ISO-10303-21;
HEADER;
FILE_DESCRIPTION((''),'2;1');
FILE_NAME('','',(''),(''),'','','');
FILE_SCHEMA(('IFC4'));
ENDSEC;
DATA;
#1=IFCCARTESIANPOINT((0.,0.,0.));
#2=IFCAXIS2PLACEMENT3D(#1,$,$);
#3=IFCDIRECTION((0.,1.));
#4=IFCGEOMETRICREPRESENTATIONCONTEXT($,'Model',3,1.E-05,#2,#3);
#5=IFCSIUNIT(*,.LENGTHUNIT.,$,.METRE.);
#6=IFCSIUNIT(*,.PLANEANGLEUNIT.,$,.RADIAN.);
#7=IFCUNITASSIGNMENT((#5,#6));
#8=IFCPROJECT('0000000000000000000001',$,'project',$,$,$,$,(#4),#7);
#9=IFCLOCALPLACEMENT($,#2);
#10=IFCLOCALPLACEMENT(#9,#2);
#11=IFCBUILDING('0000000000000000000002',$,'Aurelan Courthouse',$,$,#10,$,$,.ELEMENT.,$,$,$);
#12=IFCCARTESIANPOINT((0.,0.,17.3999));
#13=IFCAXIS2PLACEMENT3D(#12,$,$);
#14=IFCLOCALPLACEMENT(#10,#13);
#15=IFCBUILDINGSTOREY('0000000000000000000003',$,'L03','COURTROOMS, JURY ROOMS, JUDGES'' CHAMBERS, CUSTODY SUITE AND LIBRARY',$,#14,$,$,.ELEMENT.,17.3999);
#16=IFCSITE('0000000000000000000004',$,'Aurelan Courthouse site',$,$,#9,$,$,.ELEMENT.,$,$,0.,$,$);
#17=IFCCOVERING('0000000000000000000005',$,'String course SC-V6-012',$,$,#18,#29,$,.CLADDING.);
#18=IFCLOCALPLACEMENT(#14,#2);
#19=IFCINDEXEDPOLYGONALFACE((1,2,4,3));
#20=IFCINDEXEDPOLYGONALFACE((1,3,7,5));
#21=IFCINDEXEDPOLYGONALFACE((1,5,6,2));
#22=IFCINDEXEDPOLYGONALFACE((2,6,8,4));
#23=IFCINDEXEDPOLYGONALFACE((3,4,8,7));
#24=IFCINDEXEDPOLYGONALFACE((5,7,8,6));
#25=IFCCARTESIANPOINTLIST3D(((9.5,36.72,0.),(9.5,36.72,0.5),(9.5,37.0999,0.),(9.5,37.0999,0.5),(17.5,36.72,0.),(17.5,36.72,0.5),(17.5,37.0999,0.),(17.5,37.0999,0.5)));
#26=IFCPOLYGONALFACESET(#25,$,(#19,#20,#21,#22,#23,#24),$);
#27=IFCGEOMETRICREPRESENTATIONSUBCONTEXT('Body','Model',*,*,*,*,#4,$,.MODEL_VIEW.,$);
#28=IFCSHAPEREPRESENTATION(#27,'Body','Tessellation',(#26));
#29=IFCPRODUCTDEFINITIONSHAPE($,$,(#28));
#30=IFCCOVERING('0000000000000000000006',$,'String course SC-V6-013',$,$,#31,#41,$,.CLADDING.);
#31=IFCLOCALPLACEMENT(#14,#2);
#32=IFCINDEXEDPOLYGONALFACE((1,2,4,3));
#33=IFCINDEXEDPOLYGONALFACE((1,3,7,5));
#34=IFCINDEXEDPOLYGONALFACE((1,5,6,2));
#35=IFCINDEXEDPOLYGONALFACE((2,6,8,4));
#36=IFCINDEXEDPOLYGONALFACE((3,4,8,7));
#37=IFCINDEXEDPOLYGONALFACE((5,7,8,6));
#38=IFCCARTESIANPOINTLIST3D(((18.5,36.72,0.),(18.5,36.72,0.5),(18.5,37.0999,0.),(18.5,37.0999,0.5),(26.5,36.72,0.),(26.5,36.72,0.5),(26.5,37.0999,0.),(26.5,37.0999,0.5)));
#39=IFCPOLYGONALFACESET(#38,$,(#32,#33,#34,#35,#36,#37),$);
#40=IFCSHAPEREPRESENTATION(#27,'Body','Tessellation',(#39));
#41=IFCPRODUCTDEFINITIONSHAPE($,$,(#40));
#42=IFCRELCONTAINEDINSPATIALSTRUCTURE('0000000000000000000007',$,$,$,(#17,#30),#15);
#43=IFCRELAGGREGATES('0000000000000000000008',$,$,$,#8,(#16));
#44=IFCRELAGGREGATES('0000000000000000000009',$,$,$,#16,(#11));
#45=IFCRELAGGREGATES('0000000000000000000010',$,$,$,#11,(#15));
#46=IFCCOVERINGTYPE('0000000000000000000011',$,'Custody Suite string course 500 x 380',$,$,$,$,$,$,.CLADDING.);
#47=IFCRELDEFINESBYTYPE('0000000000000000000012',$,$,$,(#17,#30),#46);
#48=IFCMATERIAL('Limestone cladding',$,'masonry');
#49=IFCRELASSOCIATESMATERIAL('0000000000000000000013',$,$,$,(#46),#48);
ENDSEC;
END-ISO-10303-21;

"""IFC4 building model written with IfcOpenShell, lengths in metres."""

from ifc_helpers import new_model, si_unit, direction, frame, origin, origin_2d, place, context, subcontext, project, spatial, rectangle, extrude, material, type_object, element, save


model = new_model("IFC4")

# Units and contexts
model_context = context("Model", 3, precision=1e-05, world=origin(), true_north=direction((0.0, 1.0)))
body_context = subcontext(model_context, "Body", "Model", "MODEL_VIEW")
ifc_project = project(units=[si_unit("LENGTHUNIT", "METRE"), si_unit("PLANEANGLEUNIT", "RADIAN")], contexts=[model_context])

# Site, building, storey
site_placement = place(None, origin())
site = spatial("IfcSite", under=ifc_project, at=site_placement, Name="Aurelan Courthouse site", CompositionType="ELEMENT", RefElevation=0.0)
building_placement = place(site_placement, origin())
building = spatial("IfcBuilding", under=site, at=building_placement, Name="Aurelan Courthouse", CompositionType="ELEMENT")
storey_placement = place(building_placement, frame((0.0, 0.0, 17.3999)))
storey = spatial("IfcBuildingStorey", under=building, at=storey_placement, Name="L03", Description="COURTROOMS, JURY ROOMS, JUDGES' CHAMBERS, CUSTODY SUITE AND LIBRARY", CompositionType="ELEMENT", Elevation=17.3999)

# Shared definitions
ifc_material_1 = material(Name="Limestone cladding", Category="masonry")

# Coverings
covering_type_1 = type_object("IfcCoveringType", Name="Custody Suite string course 500 x 380", PredefinedType="CLADDING", material=ifc_material_1)
for number, where, z_axis, x_axis, name in (
    (1, (13.5, 36.9099, 0.0), (0.0, 0.0, 1.0), (1.0, 0.0, 0.0), "String course SC-V6-012"),
    (2, (22.5, 36.9099, 0.0), (0.0, 0.0, 1.0), (1.0, 0.0, 0.0), "String course SC-V6-013"),
):
    element("IfcCovering", number, at=place(storey_placement, frame(where, z_axis=z_axis, x_axis=x_axis)), inside=storey, type_object=covering_type_1, Name=name, PredefinedType="CLADDING", context=body_context, shape_type="SweptSolid", body=[
        extrude(rectangle(XDim=8.0, YDim=0.3799, at=origin_2d()), origin(), (0.0, 0.0, 1.0), 0.5),
    ])

save(model, "model.ifc")
